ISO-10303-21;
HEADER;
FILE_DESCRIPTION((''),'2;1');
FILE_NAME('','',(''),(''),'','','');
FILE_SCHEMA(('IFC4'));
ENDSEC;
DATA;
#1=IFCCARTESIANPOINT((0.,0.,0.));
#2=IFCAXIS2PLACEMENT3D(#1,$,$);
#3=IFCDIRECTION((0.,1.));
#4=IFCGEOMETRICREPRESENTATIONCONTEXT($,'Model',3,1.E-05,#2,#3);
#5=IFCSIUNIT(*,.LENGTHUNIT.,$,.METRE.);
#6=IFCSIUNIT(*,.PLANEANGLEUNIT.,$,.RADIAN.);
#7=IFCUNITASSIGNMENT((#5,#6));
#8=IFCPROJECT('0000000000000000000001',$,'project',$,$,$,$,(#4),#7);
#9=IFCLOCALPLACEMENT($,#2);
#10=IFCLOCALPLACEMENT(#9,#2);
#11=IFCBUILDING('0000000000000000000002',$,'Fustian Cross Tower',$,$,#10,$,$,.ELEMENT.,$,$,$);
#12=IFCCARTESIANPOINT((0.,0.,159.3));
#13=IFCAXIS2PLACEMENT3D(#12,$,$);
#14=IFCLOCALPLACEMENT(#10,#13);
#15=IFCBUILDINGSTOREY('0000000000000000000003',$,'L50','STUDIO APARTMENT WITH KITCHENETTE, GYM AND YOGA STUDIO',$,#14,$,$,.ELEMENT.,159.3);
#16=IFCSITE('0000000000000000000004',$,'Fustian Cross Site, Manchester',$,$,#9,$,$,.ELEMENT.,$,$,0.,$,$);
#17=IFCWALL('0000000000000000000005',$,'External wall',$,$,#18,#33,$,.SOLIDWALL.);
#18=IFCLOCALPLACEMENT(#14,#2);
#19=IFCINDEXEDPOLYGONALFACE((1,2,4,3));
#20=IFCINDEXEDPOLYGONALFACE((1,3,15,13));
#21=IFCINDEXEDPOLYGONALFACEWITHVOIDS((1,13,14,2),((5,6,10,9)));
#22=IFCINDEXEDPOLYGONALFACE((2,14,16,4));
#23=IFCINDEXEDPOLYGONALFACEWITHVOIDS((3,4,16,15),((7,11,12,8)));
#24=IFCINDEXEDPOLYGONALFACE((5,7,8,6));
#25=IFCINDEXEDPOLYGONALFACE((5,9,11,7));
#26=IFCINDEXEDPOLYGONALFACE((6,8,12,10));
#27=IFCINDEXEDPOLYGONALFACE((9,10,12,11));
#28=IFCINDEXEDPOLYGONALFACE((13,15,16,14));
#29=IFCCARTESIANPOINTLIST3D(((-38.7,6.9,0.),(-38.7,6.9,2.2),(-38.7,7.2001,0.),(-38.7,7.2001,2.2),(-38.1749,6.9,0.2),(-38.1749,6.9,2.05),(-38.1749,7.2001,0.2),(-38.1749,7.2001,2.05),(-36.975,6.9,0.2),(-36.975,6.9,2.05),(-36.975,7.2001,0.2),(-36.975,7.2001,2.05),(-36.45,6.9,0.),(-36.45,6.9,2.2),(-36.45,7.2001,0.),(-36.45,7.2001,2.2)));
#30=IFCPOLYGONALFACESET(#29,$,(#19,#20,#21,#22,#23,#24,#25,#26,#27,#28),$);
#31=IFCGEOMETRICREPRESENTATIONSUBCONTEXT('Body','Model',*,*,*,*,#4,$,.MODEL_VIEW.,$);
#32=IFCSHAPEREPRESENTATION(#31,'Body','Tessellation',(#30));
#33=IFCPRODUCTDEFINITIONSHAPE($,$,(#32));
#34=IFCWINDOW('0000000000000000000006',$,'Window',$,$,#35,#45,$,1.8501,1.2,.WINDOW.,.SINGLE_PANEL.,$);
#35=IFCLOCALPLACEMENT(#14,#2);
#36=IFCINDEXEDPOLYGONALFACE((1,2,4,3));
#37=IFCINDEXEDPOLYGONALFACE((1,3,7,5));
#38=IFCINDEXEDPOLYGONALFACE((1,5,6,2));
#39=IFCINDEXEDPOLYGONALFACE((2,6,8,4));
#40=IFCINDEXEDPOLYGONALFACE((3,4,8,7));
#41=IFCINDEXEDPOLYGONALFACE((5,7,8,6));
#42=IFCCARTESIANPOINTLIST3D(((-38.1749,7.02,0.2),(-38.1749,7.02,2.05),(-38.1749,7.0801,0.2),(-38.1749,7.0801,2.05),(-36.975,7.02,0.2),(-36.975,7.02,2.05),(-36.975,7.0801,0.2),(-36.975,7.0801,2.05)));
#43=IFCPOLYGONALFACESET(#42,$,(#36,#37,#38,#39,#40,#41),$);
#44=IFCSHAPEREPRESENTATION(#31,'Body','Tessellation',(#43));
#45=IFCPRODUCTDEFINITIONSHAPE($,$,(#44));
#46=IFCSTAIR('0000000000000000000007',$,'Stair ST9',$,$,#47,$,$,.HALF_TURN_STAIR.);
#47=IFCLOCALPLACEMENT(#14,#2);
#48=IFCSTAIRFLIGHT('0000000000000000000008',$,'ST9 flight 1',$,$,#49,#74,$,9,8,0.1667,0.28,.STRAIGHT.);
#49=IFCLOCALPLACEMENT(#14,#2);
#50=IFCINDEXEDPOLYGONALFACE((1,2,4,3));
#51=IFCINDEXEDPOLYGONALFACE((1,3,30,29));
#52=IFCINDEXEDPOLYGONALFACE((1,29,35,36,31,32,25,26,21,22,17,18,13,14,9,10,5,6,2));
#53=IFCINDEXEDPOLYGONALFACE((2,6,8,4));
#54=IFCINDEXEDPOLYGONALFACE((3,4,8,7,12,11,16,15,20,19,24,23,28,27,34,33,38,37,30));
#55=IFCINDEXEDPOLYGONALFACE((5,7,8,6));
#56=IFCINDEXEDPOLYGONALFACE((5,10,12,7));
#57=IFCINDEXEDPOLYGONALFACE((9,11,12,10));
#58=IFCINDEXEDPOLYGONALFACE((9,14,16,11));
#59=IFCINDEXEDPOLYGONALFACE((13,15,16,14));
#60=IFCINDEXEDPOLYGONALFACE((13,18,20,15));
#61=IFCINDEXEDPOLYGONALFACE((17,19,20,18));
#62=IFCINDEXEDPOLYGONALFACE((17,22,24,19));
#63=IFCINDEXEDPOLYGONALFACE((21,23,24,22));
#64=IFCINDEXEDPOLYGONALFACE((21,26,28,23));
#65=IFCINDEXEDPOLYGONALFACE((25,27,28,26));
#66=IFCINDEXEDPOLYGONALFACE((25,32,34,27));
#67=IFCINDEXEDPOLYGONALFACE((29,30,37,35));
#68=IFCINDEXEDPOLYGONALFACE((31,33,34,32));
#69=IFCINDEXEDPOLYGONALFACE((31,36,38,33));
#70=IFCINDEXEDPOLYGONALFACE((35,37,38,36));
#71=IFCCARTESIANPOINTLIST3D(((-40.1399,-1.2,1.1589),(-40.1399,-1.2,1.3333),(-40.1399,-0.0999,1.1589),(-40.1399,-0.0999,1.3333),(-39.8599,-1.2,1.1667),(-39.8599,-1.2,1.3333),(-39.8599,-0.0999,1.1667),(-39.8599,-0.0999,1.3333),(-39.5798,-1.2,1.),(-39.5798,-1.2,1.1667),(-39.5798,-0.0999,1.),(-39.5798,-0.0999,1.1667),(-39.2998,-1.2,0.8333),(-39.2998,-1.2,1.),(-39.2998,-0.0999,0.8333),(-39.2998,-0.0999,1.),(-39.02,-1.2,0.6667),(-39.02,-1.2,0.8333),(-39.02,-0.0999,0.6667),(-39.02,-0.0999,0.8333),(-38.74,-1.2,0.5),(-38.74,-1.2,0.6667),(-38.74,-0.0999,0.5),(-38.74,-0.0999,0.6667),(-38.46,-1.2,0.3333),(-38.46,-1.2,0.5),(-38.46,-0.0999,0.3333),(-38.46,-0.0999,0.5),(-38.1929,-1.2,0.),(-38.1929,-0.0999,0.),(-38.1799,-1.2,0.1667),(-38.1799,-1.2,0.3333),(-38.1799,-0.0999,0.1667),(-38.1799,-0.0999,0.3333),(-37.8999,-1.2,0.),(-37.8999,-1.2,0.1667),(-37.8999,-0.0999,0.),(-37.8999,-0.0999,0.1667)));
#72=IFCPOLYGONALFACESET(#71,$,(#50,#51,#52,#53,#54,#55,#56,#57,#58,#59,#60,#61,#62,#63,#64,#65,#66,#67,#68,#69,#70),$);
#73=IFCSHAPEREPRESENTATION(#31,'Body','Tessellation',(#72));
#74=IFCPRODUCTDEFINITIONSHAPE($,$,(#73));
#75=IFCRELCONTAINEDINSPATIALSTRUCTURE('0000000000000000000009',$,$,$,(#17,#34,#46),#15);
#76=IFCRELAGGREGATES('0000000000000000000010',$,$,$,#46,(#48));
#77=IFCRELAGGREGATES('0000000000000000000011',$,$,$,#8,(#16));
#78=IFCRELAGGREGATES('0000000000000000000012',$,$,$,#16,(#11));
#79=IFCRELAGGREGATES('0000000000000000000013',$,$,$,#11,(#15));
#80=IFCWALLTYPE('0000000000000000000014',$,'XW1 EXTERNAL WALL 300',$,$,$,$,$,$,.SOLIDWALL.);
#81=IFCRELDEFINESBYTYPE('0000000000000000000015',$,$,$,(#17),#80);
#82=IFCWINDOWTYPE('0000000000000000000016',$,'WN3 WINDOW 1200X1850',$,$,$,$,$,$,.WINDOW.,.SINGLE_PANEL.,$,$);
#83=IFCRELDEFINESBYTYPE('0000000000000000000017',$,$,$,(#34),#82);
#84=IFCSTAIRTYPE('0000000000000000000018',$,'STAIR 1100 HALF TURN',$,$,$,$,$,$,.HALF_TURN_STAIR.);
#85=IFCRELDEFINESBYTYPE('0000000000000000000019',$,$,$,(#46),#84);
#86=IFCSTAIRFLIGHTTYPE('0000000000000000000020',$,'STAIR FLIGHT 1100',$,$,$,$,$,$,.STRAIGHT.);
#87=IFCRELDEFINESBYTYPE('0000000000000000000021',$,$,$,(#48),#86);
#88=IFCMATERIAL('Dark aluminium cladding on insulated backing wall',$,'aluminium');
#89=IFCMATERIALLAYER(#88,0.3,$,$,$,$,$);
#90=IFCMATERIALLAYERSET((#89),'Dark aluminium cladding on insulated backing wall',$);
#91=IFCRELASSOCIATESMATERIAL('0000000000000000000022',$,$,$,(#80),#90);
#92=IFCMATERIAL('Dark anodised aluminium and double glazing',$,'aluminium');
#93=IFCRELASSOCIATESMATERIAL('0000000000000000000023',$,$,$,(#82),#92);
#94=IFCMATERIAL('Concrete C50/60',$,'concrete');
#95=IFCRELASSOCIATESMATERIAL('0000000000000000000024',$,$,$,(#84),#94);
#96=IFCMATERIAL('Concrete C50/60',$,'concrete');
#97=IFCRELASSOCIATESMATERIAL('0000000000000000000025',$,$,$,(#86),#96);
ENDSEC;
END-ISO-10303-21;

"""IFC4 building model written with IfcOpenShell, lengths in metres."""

from ifc_helpers import new_model, si_unit, direction, frame, frame_2d, origin, place, context, subcontext, project, spatial, polyline, rectangle, outline, extrude, material, layer, layer_set, type_object, element, fill, aggregate, save


model = new_model("IFC4")

# Units and contexts
model_context = context("Model", 3, precision=1e-05, world=origin(), true_north=direction((0.0, 1.0)))
body_context = subcontext(model_context, "Body", "Model", "MODEL_VIEW")
ifc_project = project(units=[si_unit("LENGTHUNIT", "METRE"), si_unit("PLANEANGLEUNIT", "RADIAN")], contexts=[model_context])

# Site, building, storey
site_placement = place(None, origin())
site = spatial("IfcSite", under=ifc_project, at=site_placement, Name="Fustian Cross Site, Manchester", CompositionType="ELEMENT", RefElevation=0.0)
building_placement = place(site_placement, origin())
building = spatial("IfcBuilding", under=site, at=building_placement, Name="Fustian Cross Tower", CompositionType="ELEMENT")
storey_placement = place(building_placement, frame((0.0, 0.0, 159.3)))
storey = spatial("IfcBuildingStorey", under=building, at=storey_placement, Name="L50", Description="STUDIO APARTMENT WITH KITCHENETTE, GYM AND YOGA STUDIO", CompositionType="ELEMENT", Elevation=159.3)

# Shared definitions
ifc_material_1 = material(Name="Dark aluminium cladding on insulated backing wall", Category="aluminium")
ifc_layer_1 = layer(ifc_material_1, 0.3)
ifc_layer_set_1 = layer_set([ifc_layer_1], Name="Dark aluminium cladding on insulated backing wall")
wall_type_1 = type_object("IfcWallType", Name="XW1 EXTERNAL WALL 300", PredefinedType="SOLIDWALL", material=ifc_layer_set_1)
ifc_material_2 = material(Name="Dark anodised aluminium and double glazing", Category="aluminium")
window_type = type_object("IfcWindowType", Name="WN3 WINDOW 1200X1850", PartitioningType="SINGLE_PANEL", PredefinedType="WINDOW", material=ifc_material_2)

# Wall, opening, window
wall_1_placement = place(storey_placement, frame((-36.45, 7.05, 0.0), z_axis=(0.0, 0.0, 1.0), x_axis=(-1.0, 0.0, 0.0)))
wall_1 = element("IfcWall", 1, at=wall_1_placement, inside=storey, type_object=wall_type_1, Name="External wall", PredefinedType="SOLIDWALL", context=body_context, shape_type="SweptSolid", body=[
    extrude(rectangle(XDim=2.25, YDim=0.3, at=frame_2d((1.125, 0.0))), origin(), (0.0, 0.0, 1.0), 2.2),
])
opening_1_placement = place(wall_1_placement, frame((0.5249, 0.0, 0.2)))
opening_1 = element("IfcOpeningElement", 2, at=opening_1_placement, cuts=wall_1, PredefinedType="OPENING", context=body_context, shape_type="SweptSolid", body=[
    extrude(rectangle(XDim=1.2, YDim=1.8501, at=frame_2d((0.6001, 0.925))), frame((0.0, 0.1599, 0.0), z_axis=(0.0, -1.0, 0.0), x_axis=(1.0, 0.0, 0.0)), (0.0, 0.0, 1.0), 0.3201),
])
window_1_placement = place(opening_1_placement, origin())
window_1 = element("IfcWindow", 3, at=window_1_placement, inside=storey, type_object=window_type, Name="Window", OverallHeight=1.8501, OverallWidth=1.2, PartitioningType="SINGLE_PANEL", PredefinedType="WINDOW", context=body_context, shape_type="SweptSolid", body=[
    extrude(rectangle(XDim=1.2, YDim=1.8501, at=frame_2d((0.6001, 0.925))), frame((0.0, 0.03, 0.0), z_axis=(0.0, -1.0, 0.0), x_axis=(1.0, 0.0, 0.0)), (0.0, 0.0, 1.0), 0.0601),
])
fill(opening_1, window_1)

# Stair, stair flight
ifc_material_3 = material(Name="Concrete C50/60", Category="concrete")
stair_type = type_object("IfcStairType", Name="STAIR 1100 HALF TURN", PredefinedType="HALF_TURN_STAIR", material=ifc_material_3)
stair_placement = place(storey_placement, origin())
stair = element("IfcStair", 4, at=stair_placement, inside=storey, type_object=stair_type, Name="Stair ST9", PredefinedType="HALF_TURN_STAIR")
ifc_material_4 = material(Name="Concrete C50/60", Category="concrete")
stair_flight_type = type_object("IfcStairFlightType", Name="STAIR FLIGHT 1100", PredefinedType="STRAIGHT", material=ifc_material_4)
stair_flight_placement = place(storey_placement, frame((-37.8999, -0.6499, 0.0), z_axis=(0.0, 0.0, 1.0), x_axis=(-1.0, 0.0, 0.0)))
stair_flight = element("IfcStairFlight", 5, at=stair_flight_placement, type_object=stair_flight_type, Name="ST9 flight 1", NumberOfRisers=9, NumberOfTreads=8, PredefinedType="STRAIGHT", RiserHeight=0.1667, TreadLength=0.28, context=body_context, shape_type="SweptSolid", body=[
    extrude(outline(polyline([(0.0, 0.0), (0.0, 0.1667), (0.28, 0.1667), (0.28, 0.3333), (0.5601, 0.3333), (0.5601, 0.5), (0.8401, 0.5), (0.8401, 0.6667), (1.1201, 0.6667), (1.1201, 0.8333), (1.3999, 0.8333), (1.3999, 1.0), (1.6799, 1.0), (1.6799, 1.1667), (1.96, 1.1667), (1.96, 1.3333), (2.24, 1.3333), (2.24, 1.5), (2.24, 1.1589), (0.293, 0.0), (0.0, 0.0)])), frame((0.0, 0.55, 0.0), z_axis=(0.0, -1.0, 0.0), x_axis=(1.0, 0.0, 0.0)), (0.0, 0.0, 1.0), 1.1001),
])
aggregate(stair, [stair_flight])

save(model, "model.ifc")
